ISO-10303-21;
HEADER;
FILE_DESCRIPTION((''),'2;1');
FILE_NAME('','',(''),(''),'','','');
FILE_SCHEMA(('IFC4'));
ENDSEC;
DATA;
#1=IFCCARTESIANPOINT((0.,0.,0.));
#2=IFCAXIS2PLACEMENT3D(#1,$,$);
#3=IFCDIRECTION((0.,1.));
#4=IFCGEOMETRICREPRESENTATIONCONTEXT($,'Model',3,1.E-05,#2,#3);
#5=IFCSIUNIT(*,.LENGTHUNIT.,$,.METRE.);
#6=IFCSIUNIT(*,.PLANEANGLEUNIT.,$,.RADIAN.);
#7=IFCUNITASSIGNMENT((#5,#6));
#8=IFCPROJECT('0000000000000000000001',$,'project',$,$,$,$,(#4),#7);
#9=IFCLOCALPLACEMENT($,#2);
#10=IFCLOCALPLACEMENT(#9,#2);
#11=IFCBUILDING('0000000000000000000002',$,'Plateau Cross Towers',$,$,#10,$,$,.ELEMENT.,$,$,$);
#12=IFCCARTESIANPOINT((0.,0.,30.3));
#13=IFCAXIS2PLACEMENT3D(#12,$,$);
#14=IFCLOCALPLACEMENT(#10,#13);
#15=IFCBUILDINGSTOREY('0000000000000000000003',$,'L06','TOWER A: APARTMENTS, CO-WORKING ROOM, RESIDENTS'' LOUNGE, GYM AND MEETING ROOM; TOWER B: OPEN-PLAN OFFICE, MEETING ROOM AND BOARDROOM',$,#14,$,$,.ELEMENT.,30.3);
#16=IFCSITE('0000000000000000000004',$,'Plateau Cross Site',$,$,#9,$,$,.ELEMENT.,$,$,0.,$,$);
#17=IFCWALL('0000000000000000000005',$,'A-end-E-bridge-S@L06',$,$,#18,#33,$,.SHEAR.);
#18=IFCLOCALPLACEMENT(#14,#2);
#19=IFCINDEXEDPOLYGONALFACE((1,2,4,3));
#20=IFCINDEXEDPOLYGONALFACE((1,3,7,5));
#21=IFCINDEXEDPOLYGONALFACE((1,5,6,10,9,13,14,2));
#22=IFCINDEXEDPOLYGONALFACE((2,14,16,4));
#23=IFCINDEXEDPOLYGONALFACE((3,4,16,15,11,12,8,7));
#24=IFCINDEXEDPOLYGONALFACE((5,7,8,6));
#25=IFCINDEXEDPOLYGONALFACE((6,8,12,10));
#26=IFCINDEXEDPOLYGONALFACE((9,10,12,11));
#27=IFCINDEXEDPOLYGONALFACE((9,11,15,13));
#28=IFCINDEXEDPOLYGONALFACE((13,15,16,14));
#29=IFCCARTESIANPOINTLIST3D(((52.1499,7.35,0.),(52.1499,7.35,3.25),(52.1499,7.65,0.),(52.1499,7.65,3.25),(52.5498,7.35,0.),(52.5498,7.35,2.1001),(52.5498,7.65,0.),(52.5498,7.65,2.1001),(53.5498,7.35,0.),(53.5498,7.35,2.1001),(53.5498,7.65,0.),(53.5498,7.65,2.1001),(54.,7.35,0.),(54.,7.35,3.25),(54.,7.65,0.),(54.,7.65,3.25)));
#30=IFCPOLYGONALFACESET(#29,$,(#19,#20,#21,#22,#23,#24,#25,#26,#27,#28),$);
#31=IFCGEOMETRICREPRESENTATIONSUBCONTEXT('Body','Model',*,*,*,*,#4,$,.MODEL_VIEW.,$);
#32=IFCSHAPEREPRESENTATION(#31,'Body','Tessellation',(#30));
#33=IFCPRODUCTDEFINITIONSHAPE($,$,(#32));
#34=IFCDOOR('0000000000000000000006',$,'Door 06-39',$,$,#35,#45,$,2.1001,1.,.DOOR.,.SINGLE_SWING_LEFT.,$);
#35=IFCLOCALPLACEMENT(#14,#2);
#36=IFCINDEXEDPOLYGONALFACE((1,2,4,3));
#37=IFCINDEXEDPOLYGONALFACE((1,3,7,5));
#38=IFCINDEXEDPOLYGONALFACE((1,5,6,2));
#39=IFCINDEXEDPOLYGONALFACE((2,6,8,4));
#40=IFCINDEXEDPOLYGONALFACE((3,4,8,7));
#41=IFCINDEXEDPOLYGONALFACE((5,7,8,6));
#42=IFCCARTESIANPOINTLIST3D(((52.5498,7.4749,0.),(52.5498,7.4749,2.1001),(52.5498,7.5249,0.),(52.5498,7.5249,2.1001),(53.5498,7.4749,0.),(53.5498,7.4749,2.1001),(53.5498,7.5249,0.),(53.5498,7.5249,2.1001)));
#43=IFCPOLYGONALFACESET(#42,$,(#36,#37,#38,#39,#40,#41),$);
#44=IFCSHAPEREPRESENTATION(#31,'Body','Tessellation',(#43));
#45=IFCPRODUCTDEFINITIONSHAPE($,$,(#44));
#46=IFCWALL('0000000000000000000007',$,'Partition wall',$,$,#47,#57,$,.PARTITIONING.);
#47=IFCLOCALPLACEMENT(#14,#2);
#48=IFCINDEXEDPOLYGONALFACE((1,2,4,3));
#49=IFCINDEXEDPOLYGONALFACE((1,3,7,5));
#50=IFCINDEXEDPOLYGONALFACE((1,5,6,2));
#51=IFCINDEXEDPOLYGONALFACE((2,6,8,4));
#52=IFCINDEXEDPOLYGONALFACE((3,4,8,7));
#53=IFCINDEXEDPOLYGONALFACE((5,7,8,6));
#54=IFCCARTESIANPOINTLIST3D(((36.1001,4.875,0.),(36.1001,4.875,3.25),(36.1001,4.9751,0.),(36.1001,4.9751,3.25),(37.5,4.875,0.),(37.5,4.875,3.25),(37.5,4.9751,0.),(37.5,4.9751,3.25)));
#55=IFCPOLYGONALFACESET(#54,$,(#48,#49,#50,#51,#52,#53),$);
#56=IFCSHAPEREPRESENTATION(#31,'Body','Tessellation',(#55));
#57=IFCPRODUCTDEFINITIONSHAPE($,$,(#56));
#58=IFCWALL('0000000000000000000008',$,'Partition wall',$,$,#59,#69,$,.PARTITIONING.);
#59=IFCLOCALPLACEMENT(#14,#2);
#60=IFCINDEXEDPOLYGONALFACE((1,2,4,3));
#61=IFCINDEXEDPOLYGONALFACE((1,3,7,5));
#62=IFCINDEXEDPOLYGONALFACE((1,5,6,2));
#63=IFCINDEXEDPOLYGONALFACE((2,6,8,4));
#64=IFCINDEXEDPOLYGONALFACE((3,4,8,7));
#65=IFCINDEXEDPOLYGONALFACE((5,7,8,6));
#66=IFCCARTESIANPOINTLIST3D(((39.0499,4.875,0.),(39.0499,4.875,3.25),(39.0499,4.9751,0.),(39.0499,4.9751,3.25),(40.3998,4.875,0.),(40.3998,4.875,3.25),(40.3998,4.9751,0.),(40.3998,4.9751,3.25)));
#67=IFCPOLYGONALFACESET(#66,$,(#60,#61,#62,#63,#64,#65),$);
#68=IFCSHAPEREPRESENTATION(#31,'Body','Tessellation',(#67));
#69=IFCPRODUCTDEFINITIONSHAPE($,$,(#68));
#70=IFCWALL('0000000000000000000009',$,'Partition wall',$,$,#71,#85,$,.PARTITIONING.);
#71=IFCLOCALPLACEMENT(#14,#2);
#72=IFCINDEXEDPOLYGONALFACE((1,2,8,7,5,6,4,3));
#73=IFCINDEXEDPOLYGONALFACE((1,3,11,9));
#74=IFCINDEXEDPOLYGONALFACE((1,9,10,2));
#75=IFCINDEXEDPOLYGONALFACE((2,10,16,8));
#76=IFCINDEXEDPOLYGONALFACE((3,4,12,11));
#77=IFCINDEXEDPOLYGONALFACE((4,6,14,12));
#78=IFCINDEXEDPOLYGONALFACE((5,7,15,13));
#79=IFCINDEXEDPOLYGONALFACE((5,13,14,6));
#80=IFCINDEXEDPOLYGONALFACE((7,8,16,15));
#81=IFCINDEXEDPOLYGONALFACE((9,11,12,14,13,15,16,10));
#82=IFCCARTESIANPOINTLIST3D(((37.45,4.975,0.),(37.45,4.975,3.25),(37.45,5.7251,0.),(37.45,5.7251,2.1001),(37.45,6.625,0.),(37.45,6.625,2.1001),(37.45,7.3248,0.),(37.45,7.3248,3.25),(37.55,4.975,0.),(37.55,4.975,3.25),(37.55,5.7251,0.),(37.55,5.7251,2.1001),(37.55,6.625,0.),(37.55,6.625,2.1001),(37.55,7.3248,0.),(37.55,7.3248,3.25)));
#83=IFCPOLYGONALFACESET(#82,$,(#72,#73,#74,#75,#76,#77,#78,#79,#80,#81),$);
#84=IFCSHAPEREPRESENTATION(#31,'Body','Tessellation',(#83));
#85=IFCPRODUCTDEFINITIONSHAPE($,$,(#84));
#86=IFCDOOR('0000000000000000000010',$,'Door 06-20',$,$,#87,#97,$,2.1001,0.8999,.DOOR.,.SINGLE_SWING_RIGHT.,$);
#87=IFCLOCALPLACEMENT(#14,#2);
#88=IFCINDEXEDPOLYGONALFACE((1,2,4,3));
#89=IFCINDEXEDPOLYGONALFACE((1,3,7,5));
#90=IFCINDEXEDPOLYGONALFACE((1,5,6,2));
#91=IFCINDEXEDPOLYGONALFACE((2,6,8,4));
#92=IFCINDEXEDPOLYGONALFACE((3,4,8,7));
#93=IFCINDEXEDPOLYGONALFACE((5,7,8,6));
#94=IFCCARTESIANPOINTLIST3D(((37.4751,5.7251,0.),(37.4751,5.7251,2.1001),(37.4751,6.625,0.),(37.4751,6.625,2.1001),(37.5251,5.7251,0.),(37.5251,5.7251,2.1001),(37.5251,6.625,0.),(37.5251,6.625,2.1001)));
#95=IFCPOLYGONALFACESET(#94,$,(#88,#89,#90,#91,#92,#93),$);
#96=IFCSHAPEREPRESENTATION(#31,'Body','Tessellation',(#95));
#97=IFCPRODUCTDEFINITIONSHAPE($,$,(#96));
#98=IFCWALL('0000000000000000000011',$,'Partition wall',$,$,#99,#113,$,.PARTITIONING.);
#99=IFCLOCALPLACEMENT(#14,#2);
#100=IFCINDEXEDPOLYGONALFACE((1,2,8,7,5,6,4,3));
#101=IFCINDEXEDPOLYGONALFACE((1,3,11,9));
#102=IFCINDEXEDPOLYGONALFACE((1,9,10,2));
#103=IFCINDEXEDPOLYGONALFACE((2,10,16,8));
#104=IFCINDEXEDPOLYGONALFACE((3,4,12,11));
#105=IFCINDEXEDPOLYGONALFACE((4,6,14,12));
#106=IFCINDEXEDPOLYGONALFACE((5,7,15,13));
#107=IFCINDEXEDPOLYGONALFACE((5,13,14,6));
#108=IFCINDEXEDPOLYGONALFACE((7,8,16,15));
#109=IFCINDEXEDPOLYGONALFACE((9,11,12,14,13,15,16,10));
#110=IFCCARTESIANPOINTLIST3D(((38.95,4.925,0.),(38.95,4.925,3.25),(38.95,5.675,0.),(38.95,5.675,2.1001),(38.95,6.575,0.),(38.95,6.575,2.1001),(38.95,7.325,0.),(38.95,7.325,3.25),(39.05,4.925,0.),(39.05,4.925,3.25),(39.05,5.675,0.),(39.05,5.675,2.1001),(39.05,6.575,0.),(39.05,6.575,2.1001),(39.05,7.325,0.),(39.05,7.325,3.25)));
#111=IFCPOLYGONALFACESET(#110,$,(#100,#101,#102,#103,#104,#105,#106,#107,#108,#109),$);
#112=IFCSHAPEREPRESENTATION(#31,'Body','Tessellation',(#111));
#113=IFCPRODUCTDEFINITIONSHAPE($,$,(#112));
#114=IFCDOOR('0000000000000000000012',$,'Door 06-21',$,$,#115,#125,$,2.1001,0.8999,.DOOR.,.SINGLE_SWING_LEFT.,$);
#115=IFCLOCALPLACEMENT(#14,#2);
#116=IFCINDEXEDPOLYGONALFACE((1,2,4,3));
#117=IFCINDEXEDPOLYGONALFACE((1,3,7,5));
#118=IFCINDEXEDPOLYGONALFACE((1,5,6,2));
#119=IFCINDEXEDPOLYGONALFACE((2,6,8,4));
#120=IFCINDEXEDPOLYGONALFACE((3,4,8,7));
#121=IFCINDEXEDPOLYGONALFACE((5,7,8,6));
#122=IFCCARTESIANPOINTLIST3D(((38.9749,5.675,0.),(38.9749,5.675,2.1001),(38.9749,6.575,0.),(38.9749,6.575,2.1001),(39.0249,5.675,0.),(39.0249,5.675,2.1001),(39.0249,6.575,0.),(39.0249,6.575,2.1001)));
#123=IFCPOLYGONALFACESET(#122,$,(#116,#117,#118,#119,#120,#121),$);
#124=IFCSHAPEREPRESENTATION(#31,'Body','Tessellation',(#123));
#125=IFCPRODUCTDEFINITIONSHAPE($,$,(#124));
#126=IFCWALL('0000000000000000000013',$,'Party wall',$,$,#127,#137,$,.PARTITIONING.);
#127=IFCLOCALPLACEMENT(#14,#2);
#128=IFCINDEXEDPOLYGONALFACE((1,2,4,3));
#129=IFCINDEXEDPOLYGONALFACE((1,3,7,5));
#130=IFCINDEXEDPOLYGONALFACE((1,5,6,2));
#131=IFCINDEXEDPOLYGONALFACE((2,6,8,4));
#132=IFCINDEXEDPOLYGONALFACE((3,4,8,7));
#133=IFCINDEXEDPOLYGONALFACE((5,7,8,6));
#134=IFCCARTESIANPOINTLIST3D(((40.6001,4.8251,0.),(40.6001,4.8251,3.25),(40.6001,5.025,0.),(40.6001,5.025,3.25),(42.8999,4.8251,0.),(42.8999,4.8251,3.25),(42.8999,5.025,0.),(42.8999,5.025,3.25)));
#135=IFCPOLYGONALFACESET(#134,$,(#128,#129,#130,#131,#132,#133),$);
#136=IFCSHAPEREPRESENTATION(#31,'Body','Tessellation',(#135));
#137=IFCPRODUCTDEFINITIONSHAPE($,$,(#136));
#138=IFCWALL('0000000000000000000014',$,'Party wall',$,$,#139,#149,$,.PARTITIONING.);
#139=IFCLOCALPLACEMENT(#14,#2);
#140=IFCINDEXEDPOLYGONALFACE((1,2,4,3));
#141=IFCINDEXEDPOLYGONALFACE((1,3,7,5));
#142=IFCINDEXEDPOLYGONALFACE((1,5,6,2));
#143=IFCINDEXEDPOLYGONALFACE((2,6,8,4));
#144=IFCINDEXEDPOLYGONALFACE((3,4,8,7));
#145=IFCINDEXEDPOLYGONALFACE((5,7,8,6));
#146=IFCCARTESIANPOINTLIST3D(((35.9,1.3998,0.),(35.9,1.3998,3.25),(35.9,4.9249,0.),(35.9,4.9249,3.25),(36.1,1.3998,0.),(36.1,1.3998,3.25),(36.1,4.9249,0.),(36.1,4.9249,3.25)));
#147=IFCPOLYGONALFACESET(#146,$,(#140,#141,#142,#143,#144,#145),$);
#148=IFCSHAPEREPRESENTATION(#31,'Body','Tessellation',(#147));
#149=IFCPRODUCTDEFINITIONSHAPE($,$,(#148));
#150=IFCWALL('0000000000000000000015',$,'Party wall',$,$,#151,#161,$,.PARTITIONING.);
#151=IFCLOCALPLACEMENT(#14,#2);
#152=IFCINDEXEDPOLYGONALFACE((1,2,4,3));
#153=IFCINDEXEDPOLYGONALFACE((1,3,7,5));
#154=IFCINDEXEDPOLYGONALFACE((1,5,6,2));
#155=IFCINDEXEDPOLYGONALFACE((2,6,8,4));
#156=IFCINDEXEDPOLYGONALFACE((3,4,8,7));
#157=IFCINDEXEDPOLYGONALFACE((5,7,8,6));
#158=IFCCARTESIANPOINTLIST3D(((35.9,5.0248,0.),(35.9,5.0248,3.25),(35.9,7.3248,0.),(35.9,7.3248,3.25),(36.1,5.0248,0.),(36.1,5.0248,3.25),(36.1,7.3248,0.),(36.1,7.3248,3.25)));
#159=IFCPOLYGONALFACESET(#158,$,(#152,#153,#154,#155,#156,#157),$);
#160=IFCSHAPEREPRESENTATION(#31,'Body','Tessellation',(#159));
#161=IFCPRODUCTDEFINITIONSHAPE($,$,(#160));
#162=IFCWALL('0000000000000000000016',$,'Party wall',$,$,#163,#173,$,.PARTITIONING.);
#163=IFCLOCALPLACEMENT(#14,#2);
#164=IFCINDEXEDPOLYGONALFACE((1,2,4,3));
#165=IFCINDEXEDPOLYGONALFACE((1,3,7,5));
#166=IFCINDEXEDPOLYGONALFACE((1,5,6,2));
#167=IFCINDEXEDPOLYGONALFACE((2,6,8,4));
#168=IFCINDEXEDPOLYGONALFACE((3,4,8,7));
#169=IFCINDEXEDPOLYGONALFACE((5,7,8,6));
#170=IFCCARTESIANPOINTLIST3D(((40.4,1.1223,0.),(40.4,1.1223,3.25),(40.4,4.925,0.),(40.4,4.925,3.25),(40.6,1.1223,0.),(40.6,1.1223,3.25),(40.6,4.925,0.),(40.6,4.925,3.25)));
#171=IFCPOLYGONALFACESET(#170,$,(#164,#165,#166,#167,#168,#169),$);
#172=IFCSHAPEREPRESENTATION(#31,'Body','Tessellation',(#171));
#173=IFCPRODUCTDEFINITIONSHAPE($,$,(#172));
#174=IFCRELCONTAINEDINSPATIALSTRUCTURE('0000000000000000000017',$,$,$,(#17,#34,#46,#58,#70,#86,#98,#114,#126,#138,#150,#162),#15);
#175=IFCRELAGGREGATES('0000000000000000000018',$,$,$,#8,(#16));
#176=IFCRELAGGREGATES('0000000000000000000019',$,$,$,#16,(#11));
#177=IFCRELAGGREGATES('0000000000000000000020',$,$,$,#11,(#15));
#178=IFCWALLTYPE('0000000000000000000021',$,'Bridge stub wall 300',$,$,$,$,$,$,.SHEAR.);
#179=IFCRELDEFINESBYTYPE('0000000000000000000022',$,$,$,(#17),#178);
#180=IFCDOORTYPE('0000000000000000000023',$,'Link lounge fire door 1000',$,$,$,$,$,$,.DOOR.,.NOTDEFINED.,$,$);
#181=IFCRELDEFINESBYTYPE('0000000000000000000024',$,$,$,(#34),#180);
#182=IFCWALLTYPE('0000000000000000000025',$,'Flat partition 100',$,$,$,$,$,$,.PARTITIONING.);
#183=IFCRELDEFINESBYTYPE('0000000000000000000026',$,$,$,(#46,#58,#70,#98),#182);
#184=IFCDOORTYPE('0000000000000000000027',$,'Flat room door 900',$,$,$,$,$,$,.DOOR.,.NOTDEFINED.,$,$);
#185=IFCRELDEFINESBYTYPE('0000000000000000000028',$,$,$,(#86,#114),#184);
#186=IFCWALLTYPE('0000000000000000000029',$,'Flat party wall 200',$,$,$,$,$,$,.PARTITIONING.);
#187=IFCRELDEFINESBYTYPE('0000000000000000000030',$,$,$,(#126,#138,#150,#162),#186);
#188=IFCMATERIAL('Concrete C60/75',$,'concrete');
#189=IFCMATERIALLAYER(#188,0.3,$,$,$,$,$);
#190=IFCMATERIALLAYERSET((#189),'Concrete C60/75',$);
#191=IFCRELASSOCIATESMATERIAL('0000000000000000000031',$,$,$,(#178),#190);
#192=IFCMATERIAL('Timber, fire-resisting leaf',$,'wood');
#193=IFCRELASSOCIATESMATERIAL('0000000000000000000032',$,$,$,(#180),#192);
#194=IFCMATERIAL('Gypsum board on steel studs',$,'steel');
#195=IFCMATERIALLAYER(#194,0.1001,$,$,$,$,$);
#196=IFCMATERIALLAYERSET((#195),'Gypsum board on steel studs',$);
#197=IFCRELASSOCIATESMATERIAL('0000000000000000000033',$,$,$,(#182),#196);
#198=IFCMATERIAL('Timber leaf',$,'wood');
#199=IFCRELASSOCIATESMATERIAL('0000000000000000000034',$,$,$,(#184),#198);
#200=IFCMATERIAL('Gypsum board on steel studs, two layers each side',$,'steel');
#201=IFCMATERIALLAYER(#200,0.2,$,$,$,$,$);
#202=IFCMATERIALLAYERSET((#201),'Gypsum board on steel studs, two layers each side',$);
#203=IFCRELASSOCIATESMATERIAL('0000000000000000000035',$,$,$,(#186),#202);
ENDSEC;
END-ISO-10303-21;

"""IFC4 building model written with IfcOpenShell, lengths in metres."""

from ifc_helpers import new_model, si_unit, direction, frame, frame_2d, origin, place, context, subcontext, project, spatial, rectangle, extrude, material, layer, layer_set, type_object, element, fill, save


model = new_model("IFC4")

# Units and contexts
model_context = context("Model", 3, precision=1e-05, world=origin(), true_north=direction((0.0, 1.0)))
body_context = subcontext(model_context, "Body", "Model", "MODEL_VIEW")
ifc_project = project(units=[si_unit("LENGTHUNIT", "METRE"), si_unit("PLANEANGLEUNIT", "RADIAN")], contexts=[model_context])

# Site, building, storey
site_placement = place(None, origin())
site = spatial("IfcSite", under=ifc_project, at=site_placement, Name="Plateau Cross Site", CompositionType="ELEMENT", RefElevation=0.0)
building_placement = place(site_placement, origin())
building = spatial("IfcBuilding", under=site, at=building_placement, Name="Plateau Cross Towers", CompositionType="ELEMENT")
storey_placement = place(building_placement, frame((0.0, 0.0, 30.3)))
storey = spatial("IfcBuildingStorey", under=building, at=storey_placement, Name="L06", Description="TOWER A: APARTMENTS, CO-WORKING ROOM, RESIDENTS' LOUNGE, GYM AND MEETING ROOM; TOWER B: OPEN-PLAN OFFICE, MEETING ROOM AND BOARDROOM", CompositionType="ELEMENT", Elevation=30.3)

# Wall, opening, door
ifc_material_1 = material(Name="Concrete C60/75", Category="concrete")
ifc_layer_1 = layer(ifc_material_1, 0.3)
ifc_layer_set_1 = layer_set([ifc_layer_1], Name="Concrete C60/75")
wall_type_1 = type_object("IfcWallType", Name="Bridge stub wall 300", PredefinedType="SHEAR", material=ifc_layer_set_1)
wall_1_placement = place(storey_placement, frame((52.1499, 7.5, 0.0), z_axis=(0.0, 0.0, 1.0), x_axis=(1.0, 0.0, 0.0)))
wall_1 = element("IfcWall", 1, at=wall_1_placement, inside=storey, type_object=wall_type_1, Name="A-end-E-bridge-S@L06", PredefinedType="SHEAR", context=body_context, shape_type="SweptSolid", body=[
    extrude(rectangle(XDim=1.8501, YDim=0.3, at=frame_2d((0.925, 0.0))), origin(), (0.0, 0.0, 1.0), 3.25),
])
opening_1_placement = place(wall_1_placement, frame((0.3999, 0.0, 0.0)))
opening_1 = element("IfcOpeningElement", 2, at=opening_1_placement, cuts=wall_1, PredefinedType="OPENING", context=body_context, shape_type="SweptSolid", body=[
    extrude(rectangle(XDim=1.0, YDim=2.1001, at=frame_2d((0.5, 1.05))), frame((0.0, 0.1599, 0.0), z_axis=(0.0, -1.0, 0.0), x_axis=(1.0, 0.0, 0.0)), (0.0, 0.0, 1.0), 0.3201),
])
ifc_material_2 = material(Name="Timber, fire-resisting leaf", Category="wood")
door_type_1 = type_object("IfcDoorType", Name="Link lounge fire door 1000", OperationType="NOTDEFINED", PredefinedType="DOOR", material=ifc_material_2)
door_1_placement = place(opening_1_placement, origin())
door_1 = element("IfcDoor", 3, at=door_1_placement, inside=storey, type_object=door_type_1, Name="Door 06-39", OperationType="SINGLE_SWING_LEFT", OverallHeight=2.1001, OverallWidth=1.0, PredefinedType="DOOR", context=body_context, shape_type="SweptSolid", body=[
    extrude(rectangle(XDim=1.0, YDim=2.1001, at=frame_2d((0.5, 1.05))), frame((0.0, 0.0249, 0.0), z_axis=(0.0, -1.0, 0.0), x_axis=(1.0, 0.0, 0.0)), (0.0, 0.0, 1.0), 0.05),
])
fill(opening_1, door_1)

# Walls
ifc_material_3 = material(Name="Gypsum board on steel studs", Category="steel")
ifc_layer_2 = layer(ifc_material_3, 0.1001)
ifc_layer_set_2 = layer_set([ifc_layer_2], Name="Gypsum board on steel studs")
wall_type_2 = type_object("IfcWallType", Name="Flat partition 100", PredefinedType="PARTITIONING", material=ifc_layer_set_2)
wall_2_placement = place(storey_placement, frame((36.1001, 4.925, 0.0), z_axis=(0.0, 0.0, 1.0), x_axis=(1.0, 0.0, 0.0)))
element("IfcWall", 4, at=wall_2_placement, inside=storey, type_object=wall_type_2, Name="Partition wall", PredefinedType="PARTITIONING", context=body_context, shape_type="SweptSolid", body=[
    extrude(rectangle(XDim=1.3999, YDim=0.1001, at=frame_2d((0.7, 0.0))), origin(), (0.0, 0.0, 1.0), 3.25),
])
wall_3_placement = place(storey_placement, frame((39.05, 4.925, 0.0), z_axis=(0.0, 0.0, 1.0), x_axis=(1.0, 0.0, 0.0)))
element("IfcWall", 5, at=wall_3_placement, inside=storey, type_object=wall_type_2, Name="Partition wall", PredefinedType="PARTITIONING", context=body_context, shape_type="SweptSolid", body=[
    extrude(rectangle(XDim=1.3499, YDim=0.1001, at=frame_2d((0.6748, 0.0))), origin(), (0.0, 0.0, 1.0), 3.25),
])

# Walls, openings, doors
wall_4_placement = place(storey_placement, frame((37.5, 4.9751, 0.0), z_axis=(0.0, 0.0, 1.0), x_axis=(0.0, 1.0, 0.0)))
wall_4 = element("IfcWall", 6, at=wall_4_placement, inside=storey, type_object=wall_type_2, Name="Partition wall", PredefinedType="PARTITIONING", context=body_context, shape_type="SweptSolid", body=[
    extrude(rectangle(XDim=2.3499, YDim=0.1001, at=frame_2d((1.1748, 0.0))), origin(), (0.0, 0.0, 1.0), 3.25),
])
opening_2_placement = place(wall_4_placement, frame((0.75, 0.0, 0.0)))
opening_2 = element("IfcOpeningElement", 7, at=opening_2_placement, cuts=wall_4, PredefinedType="OPENING", context=body_context, shape_type="SweptSolid", body=[
    extrude(rectangle(XDim=0.8999, YDim=2.1001, at=frame_2d((0.45, 1.05))), frame((0.0, 0.0601, 0.0), z_axis=(0.0, -1.0, 0.0), x_axis=(1.0, 0.0, 0.0)), (0.0, 0.0, 1.0), 0.1201),
])
ifc_material_4 = material(Name="Timber leaf", Category="wood")
door_type_2 = type_object("IfcDoorType", Name="Flat room door 900", OperationType="NOTDEFINED", PredefinedType="DOOR", material=ifc_material_4)
door_2_placement = place(opening_2_placement, origin())
door_2 = element("IfcDoor", 8, at=door_2_placement, inside=storey, type_object=door_type_2, Name="Door 06-20", OperationType="SINGLE_SWING_RIGHT", OverallHeight=2.1001, OverallWidth=0.8999, PredefinedType="DOOR", context=body_context, shape_type="SweptSolid", body=[
    extrude(rectangle(XDim=0.8999, YDim=2.1001, at=frame_2d((0.45, 1.05))), frame((0.0, 0.0249, 0.0), z_axis=(0.0, -1.0, 0.0), x_axis=(1.0, 0.0, 0.0)), (0.0, 0.0, 1.0), 0.05),
])
fill(opening_2, door_2)
wall_5_placement = place(storey_placement, frame((39.0, 7.325, 0.0), z_axis=(0.0, 0.0, 1.0), x_axis=(0.0, -1.0, 0.0)))
wall_5 = element("IfcWall", 9, at=wall_5_placement, inside=storey, type_object=wall_type_2, Name="Partition wall", PredefinedType="PARTITIONING", context=body_context, shape_type="SweptSolid", body=[
    extrude(rectangle(XDim=2.3999, YDim=0.1001, at=frame_2d((1.2, 0.0))), origin(), (0.0, 0.0, 1.0), 3.25),
])
opening_3_placement = place(wall_5_placement, frame((0.75, 0.0, 0.0)))
opening_3 = element("IfcOpeningElement", 10, at=opening_3_placement, cuts=wall_5, PredefinedType="OPENING", context=body_context, shape_type="SweptSolid", body=[
    extrude(rectangle(XDim=0.8999, YDim=2.1001, at=frame_2d((0.45, 1.05))), frame((0.0, 0.0601, 0.0), z_axis=(0.0, -1.0, 0.0), x_axis=(1.0, 0.0, 0.0)), (0.0, 0.0, 1.0), 0.1201),
])
door_3_placement = place(opening_3_placement, origin())
door_3 = element("IfcDoor", 11, at=door_3_placement, inside=storey, type_object=door_type_2, Name="Door 06-21", OperationType="SINGLE_SWING_LEFT", OverallHeight=2.1001, OverallWidth=0.8999, PredefinedType="DOOR", context=body_context, shape_type="SweptSolid", body=[
    extrude(rectangle(XDim=0.8999, YDim=2.1001, at=frame_2d((0.45, 1.05))), frame((0.0, 0.0249, 0.0), z_axis=(0.0, -1.0, 0.0), x_axis=(1.0, 0.0, 0.0)), (0.0, 0.0, 1.0), 0.05),
])
fill(opening_3, door_3)

# Walls
ifc_material_5 = material(Name="Gypsum board on steel studs, two layers each side", Category="steel")
ifc_layer_3 = layer(ifc_material_5, 0.2)
ifc_layer_set_3 = layer_set([ifc_layer_3], Name="Gypsum board on steel studs, two layers each side")
wall_type_3 = type_object("IfcWallType", Name="Flat party wall 200", PredefinedType="PARTITIONING", material=ifc_layer_set_3)
wall_6_placement = place(storey_placement, frame((40.6001, 4.925, 0.0), z_axis=(0.0, 0.0, 1.0), x_axis=(1.0, 0.0, 0.0)))
element("IfcWall", 12, at=wall_6_placement, inside=storey, type_object=wall_type_3, Name="Party wall", PredefinedType="PARTITIONING", context=body_context, shape_type="SweptSolid", body=[
    extrude(rectangle(XDim=2.2998, YDim=0.2, at=frame_2d((1.1499, 0.0))), origin(), (0.0, 0.0, 1.0), 3.25),
])
wall_7_placement = place(storey_placement, frame((36.0, 4.925, 0.0), z_axis=(0.0, 0.0, 1.0), x_axis=(0.0, -1.0, 0.0)))
element("IfcWall", 13, at=wall_7_placement, inside=storey, type_object=wall_type_3, Name="Party wall", PredefinedType="PARTITIONING", context=body_context, shape_type="SweptSolid", body=[
    extrude(rectangle(XDim=3.5251, YDim=0.2, at=frame_2d((1.7627, 0.0))), origin(), (0.0, 0.0, 1.0), 3.25),
])
wall_8_placement = place(storey_placement, frame((36.0, 5.0249, 0.0), z_axis=(0.0, 0.0, 1.0), x_axis=(0.0, 1.0, 0.0)))
element("IfcWall", 14, at=wall_8_placement, inside=storey, type_object=wall_type_3, Name="Party wall", PredefinedType="PARTITIONING", context=body_context, shape_type="SweptSolid", body=[
    extrude(rectangle(XDim=2.3, YDim=0.2, at=frame_2d((1.1499, 0.0))), origin(), (0.0, 0.0, 1.0), 3.25),
])
wall_9_placement = place(storey_placement, frame((40.5, 4.925, 0.0), z_axis=(0.0, 0.0, 1.0), x_axis=(0.0, -1.0, 0.0)))
element("IfcWall", 15, at=wall_9_placement, inside=storey, type_object=wall_type_3, Name="Party wall", PredefinedType="PARTITIONING", context=body_context, shape_type="SweptSolid", body=[
    extrude(rectangle(XDim=3.8027, YDim=0.2, at=frame_2d((1.9014, 0.0))), origin(), (0.0, 0.0, 1.0), 3.25),
])

save(model, "model.ifc")
